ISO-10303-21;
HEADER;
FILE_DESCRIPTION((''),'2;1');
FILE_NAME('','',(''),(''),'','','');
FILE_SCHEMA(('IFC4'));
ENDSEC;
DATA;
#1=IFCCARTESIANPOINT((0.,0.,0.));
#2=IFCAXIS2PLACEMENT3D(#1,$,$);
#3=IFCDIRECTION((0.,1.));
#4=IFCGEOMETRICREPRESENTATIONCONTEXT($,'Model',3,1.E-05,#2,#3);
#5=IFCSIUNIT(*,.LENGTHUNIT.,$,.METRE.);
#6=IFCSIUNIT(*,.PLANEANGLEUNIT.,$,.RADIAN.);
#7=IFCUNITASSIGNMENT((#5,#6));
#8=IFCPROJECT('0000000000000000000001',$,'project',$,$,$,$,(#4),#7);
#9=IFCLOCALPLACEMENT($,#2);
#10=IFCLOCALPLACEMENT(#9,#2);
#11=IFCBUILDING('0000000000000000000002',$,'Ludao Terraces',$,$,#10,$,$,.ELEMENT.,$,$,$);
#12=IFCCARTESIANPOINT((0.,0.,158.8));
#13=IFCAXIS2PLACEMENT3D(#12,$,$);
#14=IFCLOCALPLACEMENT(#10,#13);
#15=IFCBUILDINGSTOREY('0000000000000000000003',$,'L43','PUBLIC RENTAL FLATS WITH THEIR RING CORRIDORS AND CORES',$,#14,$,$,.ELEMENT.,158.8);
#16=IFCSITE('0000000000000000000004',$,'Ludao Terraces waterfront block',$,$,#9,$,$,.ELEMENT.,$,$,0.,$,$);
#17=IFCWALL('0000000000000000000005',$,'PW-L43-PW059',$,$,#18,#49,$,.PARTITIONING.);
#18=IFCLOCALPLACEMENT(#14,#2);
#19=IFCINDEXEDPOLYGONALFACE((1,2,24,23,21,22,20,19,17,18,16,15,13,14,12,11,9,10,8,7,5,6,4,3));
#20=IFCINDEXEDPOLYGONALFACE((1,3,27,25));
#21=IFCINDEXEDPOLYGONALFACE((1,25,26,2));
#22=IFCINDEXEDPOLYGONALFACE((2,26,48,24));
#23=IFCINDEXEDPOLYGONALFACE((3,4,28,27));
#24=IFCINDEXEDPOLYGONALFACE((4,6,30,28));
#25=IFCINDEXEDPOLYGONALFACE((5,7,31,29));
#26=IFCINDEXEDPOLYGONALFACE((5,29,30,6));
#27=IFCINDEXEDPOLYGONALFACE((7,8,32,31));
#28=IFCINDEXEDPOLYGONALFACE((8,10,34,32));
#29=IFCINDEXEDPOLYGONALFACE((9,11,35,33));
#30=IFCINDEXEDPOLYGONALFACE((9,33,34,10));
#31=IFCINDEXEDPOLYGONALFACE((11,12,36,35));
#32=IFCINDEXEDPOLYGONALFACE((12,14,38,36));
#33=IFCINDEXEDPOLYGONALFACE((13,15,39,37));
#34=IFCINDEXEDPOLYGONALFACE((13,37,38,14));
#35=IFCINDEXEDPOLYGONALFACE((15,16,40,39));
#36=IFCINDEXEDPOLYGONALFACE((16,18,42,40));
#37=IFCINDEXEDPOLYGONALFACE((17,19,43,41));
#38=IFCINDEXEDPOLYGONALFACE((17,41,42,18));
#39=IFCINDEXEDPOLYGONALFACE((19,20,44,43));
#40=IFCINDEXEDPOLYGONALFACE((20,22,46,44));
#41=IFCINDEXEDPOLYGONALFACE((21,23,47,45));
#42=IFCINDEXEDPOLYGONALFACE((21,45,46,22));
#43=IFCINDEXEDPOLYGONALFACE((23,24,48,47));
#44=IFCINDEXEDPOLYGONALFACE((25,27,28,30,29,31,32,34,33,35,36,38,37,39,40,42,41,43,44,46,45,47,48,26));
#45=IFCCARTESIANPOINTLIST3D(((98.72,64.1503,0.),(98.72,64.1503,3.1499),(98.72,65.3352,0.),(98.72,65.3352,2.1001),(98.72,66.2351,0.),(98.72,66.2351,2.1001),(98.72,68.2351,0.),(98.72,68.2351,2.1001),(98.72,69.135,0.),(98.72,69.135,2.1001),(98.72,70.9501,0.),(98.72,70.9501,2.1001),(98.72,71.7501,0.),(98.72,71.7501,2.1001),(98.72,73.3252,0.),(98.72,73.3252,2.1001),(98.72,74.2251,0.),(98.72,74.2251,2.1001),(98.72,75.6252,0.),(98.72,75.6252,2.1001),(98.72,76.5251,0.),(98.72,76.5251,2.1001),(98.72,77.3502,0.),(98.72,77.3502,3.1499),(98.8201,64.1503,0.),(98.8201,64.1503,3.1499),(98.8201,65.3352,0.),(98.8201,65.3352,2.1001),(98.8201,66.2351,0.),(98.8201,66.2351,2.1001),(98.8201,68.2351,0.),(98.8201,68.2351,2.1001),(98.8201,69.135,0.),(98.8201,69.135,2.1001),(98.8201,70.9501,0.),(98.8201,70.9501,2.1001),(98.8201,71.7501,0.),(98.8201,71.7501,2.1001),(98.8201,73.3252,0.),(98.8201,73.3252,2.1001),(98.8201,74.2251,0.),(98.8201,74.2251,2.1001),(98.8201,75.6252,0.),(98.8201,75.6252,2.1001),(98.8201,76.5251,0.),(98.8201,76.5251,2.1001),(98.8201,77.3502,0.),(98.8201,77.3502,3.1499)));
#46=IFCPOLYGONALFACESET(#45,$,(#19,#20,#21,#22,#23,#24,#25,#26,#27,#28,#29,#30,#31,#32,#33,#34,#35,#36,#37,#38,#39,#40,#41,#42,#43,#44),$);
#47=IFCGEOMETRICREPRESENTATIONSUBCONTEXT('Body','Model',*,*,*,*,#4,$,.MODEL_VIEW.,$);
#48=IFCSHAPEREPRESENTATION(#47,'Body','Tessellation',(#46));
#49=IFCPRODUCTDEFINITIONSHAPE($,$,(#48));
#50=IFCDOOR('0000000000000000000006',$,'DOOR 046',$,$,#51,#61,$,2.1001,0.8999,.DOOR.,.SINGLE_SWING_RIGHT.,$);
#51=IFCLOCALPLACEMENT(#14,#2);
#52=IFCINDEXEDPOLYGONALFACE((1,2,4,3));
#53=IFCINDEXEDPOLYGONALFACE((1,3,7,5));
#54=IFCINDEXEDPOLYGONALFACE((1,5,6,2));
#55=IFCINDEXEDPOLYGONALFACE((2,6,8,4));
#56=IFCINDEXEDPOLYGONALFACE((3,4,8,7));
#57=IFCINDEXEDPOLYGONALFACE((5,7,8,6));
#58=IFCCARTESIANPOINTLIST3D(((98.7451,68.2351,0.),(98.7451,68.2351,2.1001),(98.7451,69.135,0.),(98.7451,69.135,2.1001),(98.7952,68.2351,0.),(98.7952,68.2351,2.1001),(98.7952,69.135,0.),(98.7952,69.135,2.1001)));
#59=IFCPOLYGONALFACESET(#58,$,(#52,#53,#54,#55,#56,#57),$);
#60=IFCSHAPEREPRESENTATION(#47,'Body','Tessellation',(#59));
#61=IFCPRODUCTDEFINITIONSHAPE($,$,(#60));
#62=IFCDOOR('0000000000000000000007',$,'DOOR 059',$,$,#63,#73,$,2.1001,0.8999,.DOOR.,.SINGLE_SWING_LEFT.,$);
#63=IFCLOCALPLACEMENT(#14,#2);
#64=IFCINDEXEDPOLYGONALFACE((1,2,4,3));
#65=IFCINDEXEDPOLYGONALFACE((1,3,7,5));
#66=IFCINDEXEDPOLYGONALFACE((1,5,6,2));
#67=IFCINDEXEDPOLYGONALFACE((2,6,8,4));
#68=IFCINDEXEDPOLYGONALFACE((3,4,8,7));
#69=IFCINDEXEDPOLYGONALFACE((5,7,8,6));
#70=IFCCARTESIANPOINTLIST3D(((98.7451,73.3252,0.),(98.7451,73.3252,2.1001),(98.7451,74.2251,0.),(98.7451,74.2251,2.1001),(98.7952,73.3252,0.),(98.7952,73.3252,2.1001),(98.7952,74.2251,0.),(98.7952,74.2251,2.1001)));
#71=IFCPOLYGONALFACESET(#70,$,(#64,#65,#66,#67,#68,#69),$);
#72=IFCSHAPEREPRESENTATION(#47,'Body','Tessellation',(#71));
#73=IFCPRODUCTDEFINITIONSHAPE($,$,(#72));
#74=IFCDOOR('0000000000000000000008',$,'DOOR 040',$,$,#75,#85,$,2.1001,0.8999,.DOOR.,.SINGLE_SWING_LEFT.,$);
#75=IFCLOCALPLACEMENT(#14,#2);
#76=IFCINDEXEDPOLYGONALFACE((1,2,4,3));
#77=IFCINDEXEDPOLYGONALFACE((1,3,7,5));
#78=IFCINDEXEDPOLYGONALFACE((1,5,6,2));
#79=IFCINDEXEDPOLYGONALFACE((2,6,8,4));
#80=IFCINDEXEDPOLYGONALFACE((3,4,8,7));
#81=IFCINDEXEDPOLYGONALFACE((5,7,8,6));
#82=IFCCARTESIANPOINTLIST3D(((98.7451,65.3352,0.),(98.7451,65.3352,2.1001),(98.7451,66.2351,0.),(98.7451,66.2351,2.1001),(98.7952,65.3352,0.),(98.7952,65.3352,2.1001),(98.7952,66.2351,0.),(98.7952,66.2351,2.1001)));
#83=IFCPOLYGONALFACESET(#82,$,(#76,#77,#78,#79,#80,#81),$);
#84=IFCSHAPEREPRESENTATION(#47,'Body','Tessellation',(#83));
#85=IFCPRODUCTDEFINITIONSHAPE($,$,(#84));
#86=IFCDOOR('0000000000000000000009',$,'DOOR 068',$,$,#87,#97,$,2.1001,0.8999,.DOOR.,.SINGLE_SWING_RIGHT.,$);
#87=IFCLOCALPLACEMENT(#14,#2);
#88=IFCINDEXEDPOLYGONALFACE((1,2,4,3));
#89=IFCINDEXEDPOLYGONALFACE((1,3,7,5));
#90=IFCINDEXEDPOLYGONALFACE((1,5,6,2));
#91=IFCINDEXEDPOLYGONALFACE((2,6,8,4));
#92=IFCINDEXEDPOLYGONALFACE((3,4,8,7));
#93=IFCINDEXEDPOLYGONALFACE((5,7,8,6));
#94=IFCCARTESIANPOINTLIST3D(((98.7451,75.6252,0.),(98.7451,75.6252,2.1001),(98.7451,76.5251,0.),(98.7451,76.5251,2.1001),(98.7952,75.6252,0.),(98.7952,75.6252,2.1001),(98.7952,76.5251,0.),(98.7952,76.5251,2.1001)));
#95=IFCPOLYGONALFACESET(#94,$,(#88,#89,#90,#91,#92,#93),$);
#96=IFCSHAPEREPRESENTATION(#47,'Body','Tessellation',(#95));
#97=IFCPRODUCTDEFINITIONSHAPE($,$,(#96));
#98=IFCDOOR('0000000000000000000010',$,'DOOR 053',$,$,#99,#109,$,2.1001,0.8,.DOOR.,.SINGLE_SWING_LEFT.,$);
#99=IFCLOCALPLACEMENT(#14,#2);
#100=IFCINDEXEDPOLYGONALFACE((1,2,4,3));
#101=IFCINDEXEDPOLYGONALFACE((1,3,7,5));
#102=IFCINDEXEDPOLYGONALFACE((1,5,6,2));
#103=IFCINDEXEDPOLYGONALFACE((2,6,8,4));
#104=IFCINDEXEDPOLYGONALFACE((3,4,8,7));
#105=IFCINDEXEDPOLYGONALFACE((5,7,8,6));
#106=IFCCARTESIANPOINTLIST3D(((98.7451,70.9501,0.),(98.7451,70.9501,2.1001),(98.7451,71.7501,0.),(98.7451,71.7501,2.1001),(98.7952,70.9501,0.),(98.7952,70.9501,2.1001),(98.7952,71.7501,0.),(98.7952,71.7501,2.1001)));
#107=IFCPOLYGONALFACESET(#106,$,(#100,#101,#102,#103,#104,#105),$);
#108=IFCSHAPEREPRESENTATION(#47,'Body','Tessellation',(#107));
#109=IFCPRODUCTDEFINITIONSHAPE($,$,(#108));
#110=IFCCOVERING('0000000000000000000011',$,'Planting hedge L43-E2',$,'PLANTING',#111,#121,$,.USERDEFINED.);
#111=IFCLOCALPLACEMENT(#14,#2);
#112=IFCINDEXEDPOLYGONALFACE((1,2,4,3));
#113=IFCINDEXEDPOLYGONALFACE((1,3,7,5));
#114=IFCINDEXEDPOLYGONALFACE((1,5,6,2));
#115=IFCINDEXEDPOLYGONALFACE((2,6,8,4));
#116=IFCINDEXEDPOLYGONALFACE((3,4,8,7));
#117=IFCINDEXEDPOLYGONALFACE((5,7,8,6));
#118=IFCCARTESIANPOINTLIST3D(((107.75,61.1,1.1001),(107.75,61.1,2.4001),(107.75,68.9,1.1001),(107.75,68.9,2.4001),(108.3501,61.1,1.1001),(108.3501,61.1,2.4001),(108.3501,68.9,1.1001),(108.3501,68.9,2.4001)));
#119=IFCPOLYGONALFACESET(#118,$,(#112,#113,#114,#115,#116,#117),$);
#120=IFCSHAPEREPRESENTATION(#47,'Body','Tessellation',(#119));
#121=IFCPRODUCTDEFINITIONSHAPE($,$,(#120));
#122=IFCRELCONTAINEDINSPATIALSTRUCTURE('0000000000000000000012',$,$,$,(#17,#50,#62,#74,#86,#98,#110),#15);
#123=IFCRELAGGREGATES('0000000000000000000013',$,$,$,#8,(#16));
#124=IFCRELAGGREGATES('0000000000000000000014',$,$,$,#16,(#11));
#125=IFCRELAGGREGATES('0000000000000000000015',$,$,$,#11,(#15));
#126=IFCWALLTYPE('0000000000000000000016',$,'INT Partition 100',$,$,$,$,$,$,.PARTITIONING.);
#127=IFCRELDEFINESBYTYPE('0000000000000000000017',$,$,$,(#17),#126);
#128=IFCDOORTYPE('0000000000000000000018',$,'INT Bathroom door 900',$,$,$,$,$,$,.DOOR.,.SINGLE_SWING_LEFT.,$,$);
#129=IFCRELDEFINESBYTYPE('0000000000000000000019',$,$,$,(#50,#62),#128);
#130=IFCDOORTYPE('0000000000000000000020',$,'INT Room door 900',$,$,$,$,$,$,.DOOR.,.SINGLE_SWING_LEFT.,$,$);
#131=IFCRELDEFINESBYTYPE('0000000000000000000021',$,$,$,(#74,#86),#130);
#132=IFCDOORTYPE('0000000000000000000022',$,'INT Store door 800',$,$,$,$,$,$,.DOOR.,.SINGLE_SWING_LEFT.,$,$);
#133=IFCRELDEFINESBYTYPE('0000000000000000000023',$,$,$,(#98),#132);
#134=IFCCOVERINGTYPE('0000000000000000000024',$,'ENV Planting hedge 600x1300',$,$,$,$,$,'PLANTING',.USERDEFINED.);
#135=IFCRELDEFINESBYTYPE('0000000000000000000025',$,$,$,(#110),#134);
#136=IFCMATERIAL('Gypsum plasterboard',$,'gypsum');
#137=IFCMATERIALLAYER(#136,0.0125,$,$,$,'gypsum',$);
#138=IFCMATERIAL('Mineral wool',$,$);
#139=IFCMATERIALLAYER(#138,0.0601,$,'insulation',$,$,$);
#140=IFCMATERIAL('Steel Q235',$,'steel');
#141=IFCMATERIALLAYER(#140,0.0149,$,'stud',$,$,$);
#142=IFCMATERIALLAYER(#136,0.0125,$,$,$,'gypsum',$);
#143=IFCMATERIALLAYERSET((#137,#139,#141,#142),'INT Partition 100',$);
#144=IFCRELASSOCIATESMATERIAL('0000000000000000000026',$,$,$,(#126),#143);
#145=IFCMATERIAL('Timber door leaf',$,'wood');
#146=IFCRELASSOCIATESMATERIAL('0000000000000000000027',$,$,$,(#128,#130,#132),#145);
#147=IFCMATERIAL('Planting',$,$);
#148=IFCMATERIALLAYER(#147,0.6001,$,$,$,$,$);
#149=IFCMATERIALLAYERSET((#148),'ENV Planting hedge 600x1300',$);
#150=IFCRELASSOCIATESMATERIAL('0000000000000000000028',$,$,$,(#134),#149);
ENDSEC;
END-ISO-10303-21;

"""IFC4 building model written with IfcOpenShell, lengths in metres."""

from ifc_helpers import new_model, si_unit, direction, frame, frame_2d, origin, origin_2d, place, context, subcontext, project, spatial, rectangle, extrude, material, layer, layer_set, type_object, element, fill, save


model = new_model("IFC4")

# Units and contexts
model_context = context("Model", 3, precision=1e-05, world=origin(), true_north=direction((0.0, 1.0)))
body_context = subcontext(model_context, "Body", "Model", "MODEL_VIEW")
ifc_project = project(units=[si_unit("LENGTHUNIT", "METRE"), si_unit("PLANEANGLEUNIT", "RADIAN")], contexts=[model_context])

# Site, building, storey
site_placement = place(None, origin())
site = spatial("IfcSite", under=ifc_project, at=site_placement, Name="Ludao Terraces waterfront block", CompositionType="ELEMENT", RefElevation=0.0)
building_placement = place(site_placement, origin())
building = spatial("IfcBuilding", under=site, at=building_placement, Name="Ludao Terraces", CompositionType="ELEMENT")
storey_placement = place(building_placement, frame((0.0, 0.0, 158.8)))
storey = spatial("IfcBuildingStorey", under=building, at=storey_placement, Name="L43", Description="PUBLIC RENTAL FLATS WITH THEIR RING CORRIDORS AND CORES", CompositionType="ELEMENT", Elevation=158.8)

# Shared definitions
ifc_material_1 = material(Name="Mineral wool")

# Wall, openings, doors
ifc_material_2 = material(Name="Gypsum plasterboard", Category="gypsum")
ifc_layer_1 = layer(ifc_material_2, 0.0125, Category="gypsum")
ifc_layer_2 = layer(ifc_material_1, 0.0601, Name="insulation")
ifc_material_3 = material(Name="Steel Q235", Category="steel")
ifc_layer_3 = layer(ifc_material_3, 0.0149, Name="stud")
ifc_layer_4 = layer(ifc_material_2, 0.0125, Category="gypsum")
ifc_layer_set_1 = layer_set([ifc_layer_1, ifc_layer_2, ifc_layer_3, ifc_layer_4], Name="INT Partition 100")
wall_type_1 = type_object("IfcWallType", Name="INT Partition 100", PredefinedType="PARTITIONING", material=ifc_layer_set_1)
wall_1_placement = place(storey_placement, frame((98.77, 64.1501, 0.0), z_axis=(0.0, 0.0, 1.0), x_axis=(0.0, 1.0, 0.0)))
wall_1 = element("IfcWall", 1, at=wall_1_placement, inside=storey, type_object=wall_type_1, Name="PW-L43-PW059", PredefinedType="PARTITIONING", context=body_context, shape_type="SweptSolid", body=[
    extrude(rectangle(XDim=13.2, YDim=0.1001, at=frame_2d((6.6001, 0.0))), origin(), (0.0, 0.0, 1.0), 3.1499),
])
opening_1_placement = place(wall_1_placement, frame((1.1851, 0.0, 0.0)))
opening_1 = element("IfcOpeningElement", 2, at=opening_1_placement, cuts=wall_1, PredefinedType="OPENING", context=body_context, shape_type="SweptSolid", body=[
    extrude(rectangle(XDim=0.8999, YDim=2.1001, at=frame_2d((0.45, 1.05))), frame((0.0, 0.0601, 0.0), z_axis=(0.0, -1.0, 0.0), x_axis=(1.0, 0.0, 0.0)), (0.0, 0.0, 1.0), 0.1201),
])
opening_2_placement = place(wall_1_placement, frame((4.085, 0.0, 0.0)))
opening_2 = element("IfcOpeningElement", 3, at=opening_2_placement, cuts=wall_1, PredefinedType="OPENING", context=body_context, shape_type="SweptSolid", body=[
    extrude(rectangle(XDim=0.8999, YDim=2.1001, at=frame_2d((0.45, 1.05))), frame((0.0, 0.0601, 0.0), z_axis=(0.0, -1.0, 0.0), x_axis=(1.0, 0.0, 0.0)), (0.0, 0.0, 1.0), 0.1201),
])
opening_3_placement = place(wall_1_placement, frame((6.8, 0.0, 0.0)))
opening_3 = element("IfcOpeningElement", 4, at=opening_3_placement, cuts=wall_1, PredefinedType="OPENING", context=body_context, shape_type="SweptSolid", body=[
    extrude(rectangle(XDim=0.8, YDim=2.1001, at=frame_2d((0.3999, 1.05))), frame((0.0, 0.0601, 0.0), z_axis=(0.0, -1.0, 0.0), x_axis=(1.0, 0.0, 0.0)), (0.0, 0.0, 1.0), 0.1201),
])
opening_4_placement = place(wall_1_placement, frame((9.175, 0.0, 0.0)))
opening_4 = element("IfcOpeningElement", 5, at=opening_4_placement, cuts=wall_1, PredefinedType="OPENING", context=body_context, shape_type="SweptSolid", body=[
    extrude(rectangle(XDim=0.8999, YDim=2.1001, at=frame_2d((0.45, 1.05))), frame((0.0, 0.0601, 0.0), z_axis=(0.0, -1.0, 0.0), x_axis=(1.0, 0.0, 0.0)), (0.0, 0.0, 1.0), 0.1201),
])
opening_5_placement = place(wall_1_placement, frame((11.4751, 0.0, 0.0)))
opening_5 = element("IfcOpeningElement", 6, at=opening_5_placement, cuts=wall_1, PredefinedType="OPENING", context=body_context, shape_type="SweptSolid", body=[
    extrude(rectangle(XDim=0.8999, YDim=2.1001, at=frame_2d((0.45, 1.05))), frame((0.0, 0.0601, 0.0), z_axis=(0.0, -1.0, 0.0), x_axis=(1.0, 0.0, 0.0)), (0.0, 0.0, 1.0), 0.1201),
])
ifc_material_4 = material(Name="Timber door leaf", Category="wood")
door_type_1 = type_object("IfcDoorType", Name="INT Bathroom door 900", OperationType="SINGLE_SWING_LEFT", PredefinedType="DOOR", material=ifc_material_4)
door_1_placement = place(opening_2_placement, origin())
door_1 = element("IfcDoor", 7, at=door_1_placement, inside=storey, type_object=door_type_1, Name="DOOR 046", OperationType="SINGLE_SWING_RIGHT", OverallHeight=2.1001, OverallWidth=0.8999, PredefinedType="DOOR", context=body_context, shape_type="SweptSolid", body=[
    extrude(rectangle(XDim=0.8999, YDim=2.1001, at=frame_2d((0.45, 1.05))), frame((0.0, 0.0249, 0.0), z_axis=(0.0, -1.0, 0.0), x_axis=(1.0, 0.0, 0.0)), (0.0, 0.0, 1.0), 0.05),
])
fill(opening_2, door_1)
door_2_placement = place(opening_4_placement, origin())
door_2 = element("IfcDoor", 8, at=door_2_placement, inside=storey, type_object=door_type_1, Name="DOOR 059", OperationType="SINGLE_SWING_LEFT", OverallHeight=2.1001, OverallWidth=0.8999, PredefinedType="DOOR", context=body_context, shape_type="SweptSolid", body=[
    extrude(rectangle(XDim=0.8999, YDim=2.1001, at=frame_2d((0.45, 1.05))), frame((0.0, 0.0249, 0.0), z_axis=(0.0, -1.0, 0.0), x_axis=(1.0, 0.0, 0.0)), (0.0, 0.0, 1.0), 0.05),
])
fill(opening_4, door_2)
door_type_2 = type_object("IfcDoorType", Name="INT Room door 900", OperationType="SINGLE_SWING_LEFT", PredefinedType="DOOR", material=ifc_material_4)
door_3_placement = place(opening_1_placement, origin())
door_3 = element("IfcDoor", 9, at=door_3_placement, inside=storey, type_object=door_type_2, Name="DOOR 040", OperationType="SINGLE_SWING_LEFT", OverallHeight=2.1001, OverallWidth=0.8999, PredefinedType="DOOR", context=body_context, shape_type="SweptSolid", body=[
    extrude(rectangle(XDim=0.8999, YDim=2.1001, at=frame_2d((0.45, 1.05))), frame((0.0, 0.0249, 0.0), z_axis=(0.0, -1.0, 0.0), x_axis=(1.0, 0.0, 0.0)), (0.0, 0.0, 1.0), 0.05),
])
fill(opening_1, door_3)
door_4_placement = place(opening_5_placement, origin())
door_4 = element("IfcDoor", 10, at=door_4_placement, inside=storey, type_object=door_type_2, Name="DOOR 068", OperationType="SINGLE_SWING_RIGHT", OverallHeight=2.1001, OverallWidth=0.8999, PredefinedType="DOOR", context=body_context, shape_type="SweptSolid", body=[
    extrude(rectangle(XDim=0.8999, YDim=2.1001, at=frame_2d((0.45, 1.05))), frame((0.0, 0.0249, 0.0), z_axis=(0.0, -1.0, 0.0), x_axis=(1.0, 0.0, 0.0)), (0.0, 0.0, 1.0), 0.05),
])
fill(opening_5, door_4)
door_type_3 = type_object("IfcDoorType", Name="INT Store door 800", OperationType="SINGLE_SWING_LEFT", PredefinedType="DOOR", material=ifc_material_4)
door_5_placement = place(opening_3_placement, origin())
door_5 = element("IfcDoor", 11, at=door_5_placement, inside=storey, type_object=door_type_3, Name="DOOR 053", OperationType="SINGLE_SWING_LEFT", OverallHeight=2.1001, OverallWidth=0.8, PredefinedType="DOOR", context=body_context, shape_type="SweptSolid", body=[
    extrude(rectangle(XDim=0.8, YDim=2.1001, at=frame_2d((0.3999, 1.05))), frame((0.0, 0.0249, 0.0), z_axis=(0.0, -1.0, 0.0), x_axis=(1.0, 0.0, 0.0)), (0.0, 0.0, 1.0), 0.05),
])
fill(opening_3, door_5)

# Covering
ifc_material_5 = material(Name="Planting")
ifc_layer_5 = layer(ifc_material_5, 0.6001)
ifc_layer_set_2 = layer_set([ifc_layer_5], Name="ENV Planting hedge 600x1300")
covering_type = type_object("IfcCoveringType", Name="ENV Planting hedge 600x1300", ElementType="PLANTING", PredefinedType="USERDEFINED", material=ifc_layer_set_2)
covering_placement = place(storey_placement, frame((108.05, 65.0, 1.1001), z_axis=(0.0, 0.0, 1.0), x_axis=(1.0, 0.0, 0.0)))
element("IfcCovering", 12, at=covering_placement, inside=storey, type_object=covering_type, Name="Planting hedge L43-E2", ObjectType="PLANTING", PredefinedType="USERDEFINED", context=body_context, shape_type="SweptSolid", body=[
    extrude(rectangle(XDim=0.6001, YDim=7.8, at=origin_2d()), origin(), (0.0, 0.0, 1.0), 1.3),
])

save(model, "model.ifc")
